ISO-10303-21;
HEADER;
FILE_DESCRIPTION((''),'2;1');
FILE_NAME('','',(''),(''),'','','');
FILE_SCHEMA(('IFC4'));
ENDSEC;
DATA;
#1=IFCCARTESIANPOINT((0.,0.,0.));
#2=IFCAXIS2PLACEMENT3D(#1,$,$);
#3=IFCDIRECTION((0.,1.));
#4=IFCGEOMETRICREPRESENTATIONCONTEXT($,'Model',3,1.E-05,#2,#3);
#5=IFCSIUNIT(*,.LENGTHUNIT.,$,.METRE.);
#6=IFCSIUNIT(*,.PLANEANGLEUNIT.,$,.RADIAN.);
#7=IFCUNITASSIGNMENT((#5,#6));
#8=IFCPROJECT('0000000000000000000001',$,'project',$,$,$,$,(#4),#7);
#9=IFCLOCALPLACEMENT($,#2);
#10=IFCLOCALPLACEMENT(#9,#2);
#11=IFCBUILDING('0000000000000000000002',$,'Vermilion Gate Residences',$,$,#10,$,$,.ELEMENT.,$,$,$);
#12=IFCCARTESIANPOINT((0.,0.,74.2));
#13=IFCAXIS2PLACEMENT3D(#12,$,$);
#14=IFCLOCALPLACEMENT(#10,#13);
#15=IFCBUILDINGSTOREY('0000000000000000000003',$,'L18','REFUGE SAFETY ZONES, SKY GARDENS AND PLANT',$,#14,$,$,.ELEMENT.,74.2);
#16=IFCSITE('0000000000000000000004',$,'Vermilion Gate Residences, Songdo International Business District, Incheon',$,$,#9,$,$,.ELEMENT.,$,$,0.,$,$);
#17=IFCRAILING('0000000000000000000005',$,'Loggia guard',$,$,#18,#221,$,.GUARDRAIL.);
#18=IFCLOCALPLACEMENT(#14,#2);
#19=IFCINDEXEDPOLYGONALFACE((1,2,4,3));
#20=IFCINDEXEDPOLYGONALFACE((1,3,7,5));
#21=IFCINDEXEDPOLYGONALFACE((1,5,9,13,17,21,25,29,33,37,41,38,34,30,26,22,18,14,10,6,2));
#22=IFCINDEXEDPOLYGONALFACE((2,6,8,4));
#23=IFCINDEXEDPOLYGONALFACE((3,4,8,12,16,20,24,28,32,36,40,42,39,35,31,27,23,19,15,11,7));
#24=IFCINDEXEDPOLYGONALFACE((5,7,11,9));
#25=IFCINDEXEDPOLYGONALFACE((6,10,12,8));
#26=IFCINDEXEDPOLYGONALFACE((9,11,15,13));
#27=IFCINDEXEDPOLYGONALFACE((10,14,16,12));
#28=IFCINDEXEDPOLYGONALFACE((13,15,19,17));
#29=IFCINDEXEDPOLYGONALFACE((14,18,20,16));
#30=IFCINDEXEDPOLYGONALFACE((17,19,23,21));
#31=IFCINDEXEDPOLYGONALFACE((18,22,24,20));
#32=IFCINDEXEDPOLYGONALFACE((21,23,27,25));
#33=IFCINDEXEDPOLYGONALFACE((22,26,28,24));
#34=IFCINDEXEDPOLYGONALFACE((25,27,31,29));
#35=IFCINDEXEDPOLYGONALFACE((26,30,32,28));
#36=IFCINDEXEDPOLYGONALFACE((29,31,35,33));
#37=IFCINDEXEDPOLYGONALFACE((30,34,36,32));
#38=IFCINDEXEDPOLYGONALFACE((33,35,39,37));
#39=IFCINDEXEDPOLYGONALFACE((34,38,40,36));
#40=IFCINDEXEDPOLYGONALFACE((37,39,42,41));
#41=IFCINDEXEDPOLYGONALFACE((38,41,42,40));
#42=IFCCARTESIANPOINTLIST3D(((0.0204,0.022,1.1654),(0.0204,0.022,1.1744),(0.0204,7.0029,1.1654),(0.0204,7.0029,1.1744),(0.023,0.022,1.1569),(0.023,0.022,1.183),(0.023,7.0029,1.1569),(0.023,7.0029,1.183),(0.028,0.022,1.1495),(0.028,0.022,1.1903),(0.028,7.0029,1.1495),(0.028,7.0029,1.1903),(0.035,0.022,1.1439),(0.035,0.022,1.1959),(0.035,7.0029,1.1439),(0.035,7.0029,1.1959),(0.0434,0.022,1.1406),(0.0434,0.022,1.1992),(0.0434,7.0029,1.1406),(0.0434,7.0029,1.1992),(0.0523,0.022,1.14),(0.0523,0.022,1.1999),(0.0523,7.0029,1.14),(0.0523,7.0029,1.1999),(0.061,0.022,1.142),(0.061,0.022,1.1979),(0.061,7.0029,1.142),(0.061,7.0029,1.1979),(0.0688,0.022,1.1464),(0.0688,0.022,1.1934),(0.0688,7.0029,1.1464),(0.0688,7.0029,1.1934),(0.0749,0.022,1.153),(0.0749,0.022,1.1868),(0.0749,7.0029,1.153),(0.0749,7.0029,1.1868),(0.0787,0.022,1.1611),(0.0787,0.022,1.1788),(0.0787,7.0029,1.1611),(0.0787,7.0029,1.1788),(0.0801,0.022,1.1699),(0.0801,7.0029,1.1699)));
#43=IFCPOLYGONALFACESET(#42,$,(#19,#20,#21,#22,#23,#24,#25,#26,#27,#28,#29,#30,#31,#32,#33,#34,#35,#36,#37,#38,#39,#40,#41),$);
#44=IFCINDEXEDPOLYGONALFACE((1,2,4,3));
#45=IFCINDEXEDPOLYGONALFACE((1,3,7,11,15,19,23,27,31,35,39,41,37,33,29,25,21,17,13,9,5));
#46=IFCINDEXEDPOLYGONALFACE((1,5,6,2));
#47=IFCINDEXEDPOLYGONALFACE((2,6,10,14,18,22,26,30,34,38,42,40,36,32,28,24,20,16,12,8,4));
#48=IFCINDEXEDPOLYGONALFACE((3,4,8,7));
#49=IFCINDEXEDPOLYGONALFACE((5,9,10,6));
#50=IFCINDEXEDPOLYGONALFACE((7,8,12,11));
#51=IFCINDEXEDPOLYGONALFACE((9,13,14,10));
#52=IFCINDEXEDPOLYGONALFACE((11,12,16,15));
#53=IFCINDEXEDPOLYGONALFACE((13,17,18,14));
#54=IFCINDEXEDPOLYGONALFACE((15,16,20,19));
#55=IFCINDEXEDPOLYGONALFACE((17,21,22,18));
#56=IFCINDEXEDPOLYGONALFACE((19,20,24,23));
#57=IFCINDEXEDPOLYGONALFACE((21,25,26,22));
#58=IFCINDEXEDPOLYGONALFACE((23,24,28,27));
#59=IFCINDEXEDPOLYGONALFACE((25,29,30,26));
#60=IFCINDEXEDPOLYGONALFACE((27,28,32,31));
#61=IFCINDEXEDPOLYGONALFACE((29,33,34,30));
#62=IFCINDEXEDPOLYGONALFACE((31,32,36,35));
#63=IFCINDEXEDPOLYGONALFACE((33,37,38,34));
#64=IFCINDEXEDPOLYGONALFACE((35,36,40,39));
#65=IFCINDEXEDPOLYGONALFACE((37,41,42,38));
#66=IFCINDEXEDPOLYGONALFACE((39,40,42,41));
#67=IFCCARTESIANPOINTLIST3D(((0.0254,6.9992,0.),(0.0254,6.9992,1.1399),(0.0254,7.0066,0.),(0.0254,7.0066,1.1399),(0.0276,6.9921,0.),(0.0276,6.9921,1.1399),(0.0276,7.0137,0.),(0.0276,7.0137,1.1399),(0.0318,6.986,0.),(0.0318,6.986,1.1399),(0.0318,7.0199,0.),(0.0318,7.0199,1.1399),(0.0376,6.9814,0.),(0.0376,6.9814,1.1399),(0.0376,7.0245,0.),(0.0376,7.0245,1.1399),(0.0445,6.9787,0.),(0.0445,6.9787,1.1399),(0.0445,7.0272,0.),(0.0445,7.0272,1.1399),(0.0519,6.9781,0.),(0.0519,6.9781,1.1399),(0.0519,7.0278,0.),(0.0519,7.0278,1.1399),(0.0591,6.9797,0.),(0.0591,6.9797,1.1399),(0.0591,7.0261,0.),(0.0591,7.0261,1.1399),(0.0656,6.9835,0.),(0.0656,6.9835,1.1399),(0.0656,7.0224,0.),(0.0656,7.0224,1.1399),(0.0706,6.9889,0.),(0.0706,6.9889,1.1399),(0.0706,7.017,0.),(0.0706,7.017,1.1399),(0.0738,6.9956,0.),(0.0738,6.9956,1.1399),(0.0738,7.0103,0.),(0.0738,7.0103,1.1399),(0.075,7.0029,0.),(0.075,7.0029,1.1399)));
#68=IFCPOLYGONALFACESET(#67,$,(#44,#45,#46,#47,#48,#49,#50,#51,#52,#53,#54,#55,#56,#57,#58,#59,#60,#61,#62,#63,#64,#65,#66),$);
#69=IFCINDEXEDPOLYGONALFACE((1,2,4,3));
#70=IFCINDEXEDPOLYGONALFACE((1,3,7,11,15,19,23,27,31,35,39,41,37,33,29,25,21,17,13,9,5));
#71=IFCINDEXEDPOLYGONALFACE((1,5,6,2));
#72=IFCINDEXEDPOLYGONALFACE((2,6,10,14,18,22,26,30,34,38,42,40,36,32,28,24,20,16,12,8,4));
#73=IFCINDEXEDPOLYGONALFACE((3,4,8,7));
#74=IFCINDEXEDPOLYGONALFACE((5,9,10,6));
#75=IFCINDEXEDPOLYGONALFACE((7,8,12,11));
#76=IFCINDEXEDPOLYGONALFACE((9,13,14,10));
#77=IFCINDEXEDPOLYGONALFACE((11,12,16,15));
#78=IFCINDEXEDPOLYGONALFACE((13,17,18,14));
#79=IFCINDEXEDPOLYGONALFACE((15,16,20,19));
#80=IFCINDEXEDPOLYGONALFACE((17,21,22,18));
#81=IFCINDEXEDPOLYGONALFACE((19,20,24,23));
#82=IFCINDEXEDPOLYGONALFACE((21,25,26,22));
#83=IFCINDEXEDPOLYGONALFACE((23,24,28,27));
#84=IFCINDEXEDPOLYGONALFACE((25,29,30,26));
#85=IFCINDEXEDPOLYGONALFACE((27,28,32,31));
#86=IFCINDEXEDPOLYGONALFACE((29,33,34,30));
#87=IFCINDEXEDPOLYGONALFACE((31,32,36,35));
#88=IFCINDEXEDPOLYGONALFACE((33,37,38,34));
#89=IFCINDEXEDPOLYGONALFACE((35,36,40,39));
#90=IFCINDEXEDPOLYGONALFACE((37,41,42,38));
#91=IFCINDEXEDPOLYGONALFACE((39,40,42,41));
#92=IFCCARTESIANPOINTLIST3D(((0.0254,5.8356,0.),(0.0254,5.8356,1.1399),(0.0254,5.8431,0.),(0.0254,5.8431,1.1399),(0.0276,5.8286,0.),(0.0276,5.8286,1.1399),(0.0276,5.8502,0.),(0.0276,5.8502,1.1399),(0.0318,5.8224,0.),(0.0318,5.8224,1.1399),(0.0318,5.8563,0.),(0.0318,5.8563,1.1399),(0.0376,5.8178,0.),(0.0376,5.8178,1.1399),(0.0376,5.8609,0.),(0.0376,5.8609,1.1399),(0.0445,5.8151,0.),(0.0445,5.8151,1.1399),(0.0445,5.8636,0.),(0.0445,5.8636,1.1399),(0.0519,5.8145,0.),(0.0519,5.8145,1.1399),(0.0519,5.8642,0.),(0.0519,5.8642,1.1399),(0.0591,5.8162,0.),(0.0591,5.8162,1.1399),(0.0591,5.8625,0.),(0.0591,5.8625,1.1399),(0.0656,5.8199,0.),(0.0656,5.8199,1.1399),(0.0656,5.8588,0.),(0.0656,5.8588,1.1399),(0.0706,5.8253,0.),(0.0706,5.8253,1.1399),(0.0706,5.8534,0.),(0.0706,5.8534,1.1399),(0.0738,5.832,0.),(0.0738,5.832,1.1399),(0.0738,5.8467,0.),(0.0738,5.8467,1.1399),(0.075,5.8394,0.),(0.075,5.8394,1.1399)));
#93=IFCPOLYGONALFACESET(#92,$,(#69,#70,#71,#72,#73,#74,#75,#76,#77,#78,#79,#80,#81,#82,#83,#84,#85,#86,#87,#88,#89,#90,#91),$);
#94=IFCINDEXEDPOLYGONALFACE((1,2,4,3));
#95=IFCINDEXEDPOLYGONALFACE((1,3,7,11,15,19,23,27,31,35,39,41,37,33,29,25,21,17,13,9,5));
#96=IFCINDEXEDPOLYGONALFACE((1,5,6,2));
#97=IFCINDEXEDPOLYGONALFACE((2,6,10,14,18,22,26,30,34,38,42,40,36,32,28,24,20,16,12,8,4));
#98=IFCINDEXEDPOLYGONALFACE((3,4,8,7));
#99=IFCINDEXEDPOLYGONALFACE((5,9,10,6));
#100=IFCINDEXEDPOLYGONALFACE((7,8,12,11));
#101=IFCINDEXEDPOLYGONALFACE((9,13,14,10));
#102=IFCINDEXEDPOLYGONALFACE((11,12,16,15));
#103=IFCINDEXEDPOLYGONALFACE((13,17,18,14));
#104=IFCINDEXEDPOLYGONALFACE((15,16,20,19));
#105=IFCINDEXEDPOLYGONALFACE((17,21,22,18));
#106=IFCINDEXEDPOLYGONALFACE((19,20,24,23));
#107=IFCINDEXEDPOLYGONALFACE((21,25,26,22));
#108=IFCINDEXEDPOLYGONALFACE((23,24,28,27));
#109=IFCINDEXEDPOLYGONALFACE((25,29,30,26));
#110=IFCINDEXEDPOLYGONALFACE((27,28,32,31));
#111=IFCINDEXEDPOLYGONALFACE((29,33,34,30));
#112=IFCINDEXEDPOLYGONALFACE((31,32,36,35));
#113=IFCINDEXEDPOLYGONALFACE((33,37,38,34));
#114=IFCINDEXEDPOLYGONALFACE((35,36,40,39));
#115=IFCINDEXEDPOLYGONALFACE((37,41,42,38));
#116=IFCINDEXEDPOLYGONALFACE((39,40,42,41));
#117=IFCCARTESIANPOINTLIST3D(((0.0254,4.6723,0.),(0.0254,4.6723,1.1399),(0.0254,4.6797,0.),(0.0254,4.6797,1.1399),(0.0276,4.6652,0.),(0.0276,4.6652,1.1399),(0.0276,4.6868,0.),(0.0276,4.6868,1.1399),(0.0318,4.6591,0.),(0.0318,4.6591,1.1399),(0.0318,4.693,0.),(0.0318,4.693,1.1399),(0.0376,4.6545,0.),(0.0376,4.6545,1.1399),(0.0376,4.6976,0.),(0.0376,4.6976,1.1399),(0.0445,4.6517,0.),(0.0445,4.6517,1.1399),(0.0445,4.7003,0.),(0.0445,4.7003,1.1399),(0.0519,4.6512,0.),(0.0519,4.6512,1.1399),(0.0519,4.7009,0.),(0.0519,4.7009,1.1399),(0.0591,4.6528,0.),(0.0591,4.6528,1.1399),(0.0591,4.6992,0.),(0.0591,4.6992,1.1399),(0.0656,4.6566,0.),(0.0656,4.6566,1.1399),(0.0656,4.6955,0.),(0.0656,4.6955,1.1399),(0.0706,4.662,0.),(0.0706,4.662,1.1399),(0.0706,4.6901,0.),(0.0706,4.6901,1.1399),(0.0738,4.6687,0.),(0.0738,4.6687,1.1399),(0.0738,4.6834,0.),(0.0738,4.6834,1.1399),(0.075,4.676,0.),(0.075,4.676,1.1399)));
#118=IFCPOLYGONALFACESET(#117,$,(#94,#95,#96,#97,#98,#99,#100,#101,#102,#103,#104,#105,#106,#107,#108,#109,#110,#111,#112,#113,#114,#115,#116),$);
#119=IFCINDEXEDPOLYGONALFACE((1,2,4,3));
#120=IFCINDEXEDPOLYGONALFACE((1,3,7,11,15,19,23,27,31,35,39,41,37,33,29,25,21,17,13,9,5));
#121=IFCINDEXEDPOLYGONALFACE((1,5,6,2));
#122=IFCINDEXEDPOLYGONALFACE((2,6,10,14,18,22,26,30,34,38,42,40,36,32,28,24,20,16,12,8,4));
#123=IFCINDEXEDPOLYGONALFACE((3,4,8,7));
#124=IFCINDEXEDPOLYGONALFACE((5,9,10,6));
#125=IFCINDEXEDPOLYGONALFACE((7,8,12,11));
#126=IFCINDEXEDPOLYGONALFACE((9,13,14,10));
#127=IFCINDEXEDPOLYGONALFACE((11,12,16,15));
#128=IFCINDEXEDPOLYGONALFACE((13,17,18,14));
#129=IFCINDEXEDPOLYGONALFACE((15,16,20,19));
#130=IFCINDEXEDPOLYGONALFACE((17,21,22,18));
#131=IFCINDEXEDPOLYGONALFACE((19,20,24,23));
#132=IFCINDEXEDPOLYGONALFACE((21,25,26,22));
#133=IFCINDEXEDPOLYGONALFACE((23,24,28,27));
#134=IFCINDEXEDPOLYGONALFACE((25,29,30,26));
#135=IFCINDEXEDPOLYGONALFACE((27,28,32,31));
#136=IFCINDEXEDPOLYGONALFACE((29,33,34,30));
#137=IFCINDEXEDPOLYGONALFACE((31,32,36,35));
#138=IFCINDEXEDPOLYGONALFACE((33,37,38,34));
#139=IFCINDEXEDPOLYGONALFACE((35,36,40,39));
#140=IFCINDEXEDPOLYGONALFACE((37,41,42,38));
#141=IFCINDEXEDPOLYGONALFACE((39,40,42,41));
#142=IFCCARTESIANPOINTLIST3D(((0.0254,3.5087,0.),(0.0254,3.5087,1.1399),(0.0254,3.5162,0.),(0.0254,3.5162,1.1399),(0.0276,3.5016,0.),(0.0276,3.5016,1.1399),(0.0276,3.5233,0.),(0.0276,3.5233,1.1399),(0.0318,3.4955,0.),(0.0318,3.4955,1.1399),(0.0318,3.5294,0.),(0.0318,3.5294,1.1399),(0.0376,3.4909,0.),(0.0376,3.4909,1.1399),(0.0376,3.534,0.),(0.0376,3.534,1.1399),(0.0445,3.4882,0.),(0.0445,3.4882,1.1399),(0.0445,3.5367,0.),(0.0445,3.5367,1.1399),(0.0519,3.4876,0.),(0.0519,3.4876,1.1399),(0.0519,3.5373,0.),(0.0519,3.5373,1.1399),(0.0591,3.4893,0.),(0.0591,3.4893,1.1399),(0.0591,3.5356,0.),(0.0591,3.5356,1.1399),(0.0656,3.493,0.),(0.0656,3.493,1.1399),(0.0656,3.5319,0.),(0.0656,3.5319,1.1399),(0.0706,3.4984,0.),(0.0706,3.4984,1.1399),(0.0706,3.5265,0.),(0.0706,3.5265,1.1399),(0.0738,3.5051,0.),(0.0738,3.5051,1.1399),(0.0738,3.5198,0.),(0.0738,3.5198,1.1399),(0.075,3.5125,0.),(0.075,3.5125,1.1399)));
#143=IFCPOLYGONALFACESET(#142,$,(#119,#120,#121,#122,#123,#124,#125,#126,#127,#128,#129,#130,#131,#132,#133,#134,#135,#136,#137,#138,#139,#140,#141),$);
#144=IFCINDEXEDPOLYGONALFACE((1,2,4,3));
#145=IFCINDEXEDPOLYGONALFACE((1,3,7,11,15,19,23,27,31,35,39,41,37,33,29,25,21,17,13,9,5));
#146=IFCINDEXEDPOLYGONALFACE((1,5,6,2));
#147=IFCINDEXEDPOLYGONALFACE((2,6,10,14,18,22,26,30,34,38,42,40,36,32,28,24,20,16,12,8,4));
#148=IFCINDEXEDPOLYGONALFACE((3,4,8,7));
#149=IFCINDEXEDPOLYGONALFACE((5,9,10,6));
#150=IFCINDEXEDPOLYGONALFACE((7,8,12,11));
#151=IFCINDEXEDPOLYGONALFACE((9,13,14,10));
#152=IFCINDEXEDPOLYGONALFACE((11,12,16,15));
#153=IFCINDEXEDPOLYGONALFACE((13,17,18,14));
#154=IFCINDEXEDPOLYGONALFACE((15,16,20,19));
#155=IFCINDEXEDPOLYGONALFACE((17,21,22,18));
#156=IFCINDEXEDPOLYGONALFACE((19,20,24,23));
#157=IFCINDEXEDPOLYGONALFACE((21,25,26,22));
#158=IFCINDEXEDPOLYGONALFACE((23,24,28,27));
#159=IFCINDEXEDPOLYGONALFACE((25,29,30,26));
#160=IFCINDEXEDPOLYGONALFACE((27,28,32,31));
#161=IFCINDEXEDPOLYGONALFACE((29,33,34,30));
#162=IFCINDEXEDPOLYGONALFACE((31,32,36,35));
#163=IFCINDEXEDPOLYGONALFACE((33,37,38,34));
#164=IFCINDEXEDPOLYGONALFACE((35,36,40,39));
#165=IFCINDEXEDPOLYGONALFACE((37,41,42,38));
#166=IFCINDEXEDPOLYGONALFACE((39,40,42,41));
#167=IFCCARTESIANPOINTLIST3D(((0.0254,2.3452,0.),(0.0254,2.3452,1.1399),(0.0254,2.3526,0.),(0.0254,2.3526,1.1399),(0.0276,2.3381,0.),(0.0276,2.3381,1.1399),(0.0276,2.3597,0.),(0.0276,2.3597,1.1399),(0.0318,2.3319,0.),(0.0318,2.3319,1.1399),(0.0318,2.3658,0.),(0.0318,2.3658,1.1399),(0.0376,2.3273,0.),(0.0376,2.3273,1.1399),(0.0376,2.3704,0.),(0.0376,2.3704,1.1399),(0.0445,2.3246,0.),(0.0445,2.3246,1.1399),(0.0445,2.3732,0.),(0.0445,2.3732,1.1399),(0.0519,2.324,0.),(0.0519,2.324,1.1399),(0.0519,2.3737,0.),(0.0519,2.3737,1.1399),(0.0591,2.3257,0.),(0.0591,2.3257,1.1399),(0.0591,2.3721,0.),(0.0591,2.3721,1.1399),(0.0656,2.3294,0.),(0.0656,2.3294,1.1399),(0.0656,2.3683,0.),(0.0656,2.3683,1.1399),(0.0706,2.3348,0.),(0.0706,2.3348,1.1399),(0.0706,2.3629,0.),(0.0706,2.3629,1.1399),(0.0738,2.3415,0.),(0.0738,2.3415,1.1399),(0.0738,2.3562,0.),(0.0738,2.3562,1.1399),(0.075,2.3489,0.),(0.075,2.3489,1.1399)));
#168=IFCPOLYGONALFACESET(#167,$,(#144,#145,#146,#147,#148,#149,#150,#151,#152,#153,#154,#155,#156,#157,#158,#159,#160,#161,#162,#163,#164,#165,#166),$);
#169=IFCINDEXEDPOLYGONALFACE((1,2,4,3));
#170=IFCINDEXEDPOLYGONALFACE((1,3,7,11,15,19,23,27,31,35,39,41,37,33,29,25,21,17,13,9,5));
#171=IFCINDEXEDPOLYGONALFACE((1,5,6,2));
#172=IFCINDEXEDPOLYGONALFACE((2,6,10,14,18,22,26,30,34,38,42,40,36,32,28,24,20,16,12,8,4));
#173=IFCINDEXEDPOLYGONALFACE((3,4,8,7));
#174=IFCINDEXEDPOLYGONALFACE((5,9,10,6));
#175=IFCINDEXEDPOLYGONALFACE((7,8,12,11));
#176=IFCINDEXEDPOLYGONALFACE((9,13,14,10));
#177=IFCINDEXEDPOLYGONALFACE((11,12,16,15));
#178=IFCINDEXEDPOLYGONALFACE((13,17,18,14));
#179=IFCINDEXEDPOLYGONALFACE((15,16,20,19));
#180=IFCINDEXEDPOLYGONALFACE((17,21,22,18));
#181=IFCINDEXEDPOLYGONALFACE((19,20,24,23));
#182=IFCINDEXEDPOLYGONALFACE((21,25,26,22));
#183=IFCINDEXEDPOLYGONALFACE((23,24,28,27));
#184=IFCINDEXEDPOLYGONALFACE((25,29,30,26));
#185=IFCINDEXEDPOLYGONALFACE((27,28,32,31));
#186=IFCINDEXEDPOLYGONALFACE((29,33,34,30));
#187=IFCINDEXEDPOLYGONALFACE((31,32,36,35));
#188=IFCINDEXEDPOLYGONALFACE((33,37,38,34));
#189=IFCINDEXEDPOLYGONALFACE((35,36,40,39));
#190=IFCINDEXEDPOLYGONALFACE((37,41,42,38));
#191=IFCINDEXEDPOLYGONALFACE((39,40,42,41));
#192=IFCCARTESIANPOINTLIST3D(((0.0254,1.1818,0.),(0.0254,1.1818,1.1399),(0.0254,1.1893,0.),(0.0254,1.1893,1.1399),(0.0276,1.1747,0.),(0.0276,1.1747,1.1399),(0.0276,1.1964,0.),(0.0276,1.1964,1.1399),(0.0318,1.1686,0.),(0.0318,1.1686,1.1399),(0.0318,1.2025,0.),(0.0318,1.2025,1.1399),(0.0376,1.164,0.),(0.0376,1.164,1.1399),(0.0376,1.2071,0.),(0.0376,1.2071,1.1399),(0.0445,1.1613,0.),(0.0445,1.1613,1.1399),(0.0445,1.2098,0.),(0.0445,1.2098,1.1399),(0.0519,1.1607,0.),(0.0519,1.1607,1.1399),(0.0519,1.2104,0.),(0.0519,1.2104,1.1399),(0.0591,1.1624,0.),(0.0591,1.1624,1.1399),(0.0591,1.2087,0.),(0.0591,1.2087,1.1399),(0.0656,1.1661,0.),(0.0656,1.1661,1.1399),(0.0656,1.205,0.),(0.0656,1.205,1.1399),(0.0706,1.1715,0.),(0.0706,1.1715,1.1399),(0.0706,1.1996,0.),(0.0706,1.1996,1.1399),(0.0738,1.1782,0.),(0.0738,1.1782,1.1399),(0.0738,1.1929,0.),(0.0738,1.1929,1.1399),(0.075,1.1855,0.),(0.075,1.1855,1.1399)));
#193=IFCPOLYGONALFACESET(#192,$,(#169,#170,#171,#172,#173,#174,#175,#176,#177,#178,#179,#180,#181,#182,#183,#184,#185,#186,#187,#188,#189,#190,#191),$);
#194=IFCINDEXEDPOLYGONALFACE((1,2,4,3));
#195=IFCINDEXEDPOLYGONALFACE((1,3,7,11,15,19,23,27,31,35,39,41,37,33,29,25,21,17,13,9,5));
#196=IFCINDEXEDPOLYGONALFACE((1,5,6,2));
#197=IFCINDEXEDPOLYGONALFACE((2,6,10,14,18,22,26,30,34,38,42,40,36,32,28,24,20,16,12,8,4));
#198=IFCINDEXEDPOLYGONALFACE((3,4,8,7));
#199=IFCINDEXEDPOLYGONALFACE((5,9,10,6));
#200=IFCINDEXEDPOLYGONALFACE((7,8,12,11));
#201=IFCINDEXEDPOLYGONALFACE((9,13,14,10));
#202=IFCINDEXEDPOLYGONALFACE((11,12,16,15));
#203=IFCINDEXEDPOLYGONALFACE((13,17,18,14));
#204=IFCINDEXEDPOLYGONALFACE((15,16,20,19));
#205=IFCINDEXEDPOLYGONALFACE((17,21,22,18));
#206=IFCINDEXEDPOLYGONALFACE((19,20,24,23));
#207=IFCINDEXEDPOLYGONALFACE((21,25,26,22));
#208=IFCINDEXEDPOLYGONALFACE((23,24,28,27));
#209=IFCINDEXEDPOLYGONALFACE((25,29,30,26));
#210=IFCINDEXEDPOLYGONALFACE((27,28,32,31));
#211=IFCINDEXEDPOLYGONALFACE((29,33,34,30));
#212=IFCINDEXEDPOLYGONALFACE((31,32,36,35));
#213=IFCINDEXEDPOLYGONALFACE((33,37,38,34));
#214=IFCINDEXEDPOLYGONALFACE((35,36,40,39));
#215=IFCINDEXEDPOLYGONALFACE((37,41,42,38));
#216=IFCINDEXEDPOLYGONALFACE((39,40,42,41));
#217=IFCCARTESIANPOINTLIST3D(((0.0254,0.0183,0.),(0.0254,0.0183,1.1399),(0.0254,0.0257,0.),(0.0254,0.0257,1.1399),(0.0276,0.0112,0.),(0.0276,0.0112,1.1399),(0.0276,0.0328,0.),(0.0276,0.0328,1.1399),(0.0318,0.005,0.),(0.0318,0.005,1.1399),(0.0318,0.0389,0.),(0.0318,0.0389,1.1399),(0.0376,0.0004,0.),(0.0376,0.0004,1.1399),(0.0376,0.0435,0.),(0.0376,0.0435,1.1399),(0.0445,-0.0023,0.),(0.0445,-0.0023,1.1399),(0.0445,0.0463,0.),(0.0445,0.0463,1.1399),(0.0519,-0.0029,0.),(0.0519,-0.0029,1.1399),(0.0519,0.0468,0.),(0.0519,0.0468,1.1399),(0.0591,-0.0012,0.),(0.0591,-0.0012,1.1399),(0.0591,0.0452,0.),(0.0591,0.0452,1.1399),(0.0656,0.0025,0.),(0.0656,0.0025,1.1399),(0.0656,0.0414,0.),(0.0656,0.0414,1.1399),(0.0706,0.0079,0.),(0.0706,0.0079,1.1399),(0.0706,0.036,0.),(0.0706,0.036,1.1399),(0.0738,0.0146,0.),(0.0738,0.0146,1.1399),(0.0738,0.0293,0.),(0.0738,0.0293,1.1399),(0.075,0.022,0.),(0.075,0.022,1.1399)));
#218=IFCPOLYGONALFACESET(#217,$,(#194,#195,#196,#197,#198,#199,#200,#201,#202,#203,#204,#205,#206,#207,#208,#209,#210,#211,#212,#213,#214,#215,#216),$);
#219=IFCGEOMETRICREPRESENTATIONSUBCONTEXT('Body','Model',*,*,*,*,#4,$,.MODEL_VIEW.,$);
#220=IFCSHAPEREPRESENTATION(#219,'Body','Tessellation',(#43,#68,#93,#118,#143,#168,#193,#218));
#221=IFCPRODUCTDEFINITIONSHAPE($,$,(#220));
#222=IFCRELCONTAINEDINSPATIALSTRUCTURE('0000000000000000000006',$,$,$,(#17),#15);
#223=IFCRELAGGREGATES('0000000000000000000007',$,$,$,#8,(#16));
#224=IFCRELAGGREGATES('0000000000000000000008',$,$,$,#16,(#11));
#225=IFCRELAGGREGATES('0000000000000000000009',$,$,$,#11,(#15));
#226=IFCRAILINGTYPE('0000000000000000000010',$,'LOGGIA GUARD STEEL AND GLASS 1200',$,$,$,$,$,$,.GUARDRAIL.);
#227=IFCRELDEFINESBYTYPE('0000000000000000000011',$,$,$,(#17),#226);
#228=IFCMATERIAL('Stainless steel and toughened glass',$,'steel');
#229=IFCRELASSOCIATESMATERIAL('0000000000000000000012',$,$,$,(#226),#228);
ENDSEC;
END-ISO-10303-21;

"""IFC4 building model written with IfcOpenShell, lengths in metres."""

from ifc_helpers import new_model, si_unit, direction, frame, origin, origin_2d, place, context, subcontext, project, spatial, circle, extrude, material, type_object, element, save


model = new_model("IFC4")

# Units and contexts
model_context = context("Model", 3, precision=1e-05, world=origin(), true_north=direction((0.0, 1.0)))
body_context = subcontext(model_context, "Body", "Model", "MODEL_VIEW")
ifc_project = project(units=[si_unit("LENGTHUNIT", "METRE"), si_unit("PLANEANGLEUNIT", "RADIAN")], contexts=[model_context])

# Site, building, storey
site_placement = place(None, origin())
site = spatial("IfcSite", under=ifc_project, at=site_placement, Name="Vermilion Gate Residences, Songdo International Business District, Incheon", CompositionType="ELEMENT", RefElevation=0.0)
building_placement = place(site_placement, origin())
building = spatial("IfcBuilding", under=site, at=building_placement, Name="Vermilion Gate Residences", CompositionType="ELEMENT")
storey_placement = place(building_placement, frame((0.0, 0.0, 74.2)))
storey = spatial("IfcBuildingStorey", under=building, at=storey_placement, Name="L18", Description="REFUGE SAFETY ZONES, SKY GARDENS AND PLANT", CompositionType="ELEMENT", Elevation=74.2)

# Railing
ifc_material_1 = material(Name="Stainless steel and toughened glass", Category="steel")
railing_type = type_object("IfcRailingType", Name="LOGGIA GUARD STEEL AND GLASS 1200", PredefinedType="GUARDRAIL", material=ifc_material_1)
railing_1_placement = place(storey_placement, frame((0.05, 7.0029, 0.0)))
element("IfcRailing", 1, at=railing_1_placement, inside=storey, type_object=railing_type, Name="Loggia guard", PredefinedType="GUARDRAIL", context=body_context, shape_type="SweptSolid", body=[
    extrude(circle(Radius=0.03, at=origin_2d()), frame((0.0, 0.0, 1.1699), z_axis=(0.0, -1.0, 0.0), x_axis=(1.0, 0.0, 0.0)), (0.0, 0.0, 1.0), 6.981),
    extrude(circle(Radius=0.0249, at=origin_2d()), origin(), (0.0, 0.0, 1.0), 1.1399),
    extrude(circle(Radius=0.0249, at=origin_2d()), frame((0.0, -1.1636, 0.0)), (0.0, 0.0, 1.0), 1.1399),
    extrude(circle(Radius=0.0249, at=origin_2d()), frame((0.0, -2.3269, 0.0)), (0.0, 0.0, 1.0), 1.1399),
    extrude(circle(Radius=0.0249, at=origin_2d()), frame((0.0, -3.4905, 0.0)), (0.0, 0.0, 1.0), 1.1399),
    extrude(circle(Radius=0.0249, at=origin_2d()), frame((0.0, -4.6541, 0.0)), (0.0, 0.0, 1.0), 1.1399),
    extrude(circle(Radius=0.0249, at=origin_2d()), frame((0.0, -5.8174, 0.0)), (0.0, 0.0, 1.0), 1.1399),
    extrude(circle(Radius=0.0249, at=origin_2d()), frame((0.0, -6.981, 0.0)), (0.0, 0.0, 1.0), 1.1399),
])

save(model, "model.ifc")
